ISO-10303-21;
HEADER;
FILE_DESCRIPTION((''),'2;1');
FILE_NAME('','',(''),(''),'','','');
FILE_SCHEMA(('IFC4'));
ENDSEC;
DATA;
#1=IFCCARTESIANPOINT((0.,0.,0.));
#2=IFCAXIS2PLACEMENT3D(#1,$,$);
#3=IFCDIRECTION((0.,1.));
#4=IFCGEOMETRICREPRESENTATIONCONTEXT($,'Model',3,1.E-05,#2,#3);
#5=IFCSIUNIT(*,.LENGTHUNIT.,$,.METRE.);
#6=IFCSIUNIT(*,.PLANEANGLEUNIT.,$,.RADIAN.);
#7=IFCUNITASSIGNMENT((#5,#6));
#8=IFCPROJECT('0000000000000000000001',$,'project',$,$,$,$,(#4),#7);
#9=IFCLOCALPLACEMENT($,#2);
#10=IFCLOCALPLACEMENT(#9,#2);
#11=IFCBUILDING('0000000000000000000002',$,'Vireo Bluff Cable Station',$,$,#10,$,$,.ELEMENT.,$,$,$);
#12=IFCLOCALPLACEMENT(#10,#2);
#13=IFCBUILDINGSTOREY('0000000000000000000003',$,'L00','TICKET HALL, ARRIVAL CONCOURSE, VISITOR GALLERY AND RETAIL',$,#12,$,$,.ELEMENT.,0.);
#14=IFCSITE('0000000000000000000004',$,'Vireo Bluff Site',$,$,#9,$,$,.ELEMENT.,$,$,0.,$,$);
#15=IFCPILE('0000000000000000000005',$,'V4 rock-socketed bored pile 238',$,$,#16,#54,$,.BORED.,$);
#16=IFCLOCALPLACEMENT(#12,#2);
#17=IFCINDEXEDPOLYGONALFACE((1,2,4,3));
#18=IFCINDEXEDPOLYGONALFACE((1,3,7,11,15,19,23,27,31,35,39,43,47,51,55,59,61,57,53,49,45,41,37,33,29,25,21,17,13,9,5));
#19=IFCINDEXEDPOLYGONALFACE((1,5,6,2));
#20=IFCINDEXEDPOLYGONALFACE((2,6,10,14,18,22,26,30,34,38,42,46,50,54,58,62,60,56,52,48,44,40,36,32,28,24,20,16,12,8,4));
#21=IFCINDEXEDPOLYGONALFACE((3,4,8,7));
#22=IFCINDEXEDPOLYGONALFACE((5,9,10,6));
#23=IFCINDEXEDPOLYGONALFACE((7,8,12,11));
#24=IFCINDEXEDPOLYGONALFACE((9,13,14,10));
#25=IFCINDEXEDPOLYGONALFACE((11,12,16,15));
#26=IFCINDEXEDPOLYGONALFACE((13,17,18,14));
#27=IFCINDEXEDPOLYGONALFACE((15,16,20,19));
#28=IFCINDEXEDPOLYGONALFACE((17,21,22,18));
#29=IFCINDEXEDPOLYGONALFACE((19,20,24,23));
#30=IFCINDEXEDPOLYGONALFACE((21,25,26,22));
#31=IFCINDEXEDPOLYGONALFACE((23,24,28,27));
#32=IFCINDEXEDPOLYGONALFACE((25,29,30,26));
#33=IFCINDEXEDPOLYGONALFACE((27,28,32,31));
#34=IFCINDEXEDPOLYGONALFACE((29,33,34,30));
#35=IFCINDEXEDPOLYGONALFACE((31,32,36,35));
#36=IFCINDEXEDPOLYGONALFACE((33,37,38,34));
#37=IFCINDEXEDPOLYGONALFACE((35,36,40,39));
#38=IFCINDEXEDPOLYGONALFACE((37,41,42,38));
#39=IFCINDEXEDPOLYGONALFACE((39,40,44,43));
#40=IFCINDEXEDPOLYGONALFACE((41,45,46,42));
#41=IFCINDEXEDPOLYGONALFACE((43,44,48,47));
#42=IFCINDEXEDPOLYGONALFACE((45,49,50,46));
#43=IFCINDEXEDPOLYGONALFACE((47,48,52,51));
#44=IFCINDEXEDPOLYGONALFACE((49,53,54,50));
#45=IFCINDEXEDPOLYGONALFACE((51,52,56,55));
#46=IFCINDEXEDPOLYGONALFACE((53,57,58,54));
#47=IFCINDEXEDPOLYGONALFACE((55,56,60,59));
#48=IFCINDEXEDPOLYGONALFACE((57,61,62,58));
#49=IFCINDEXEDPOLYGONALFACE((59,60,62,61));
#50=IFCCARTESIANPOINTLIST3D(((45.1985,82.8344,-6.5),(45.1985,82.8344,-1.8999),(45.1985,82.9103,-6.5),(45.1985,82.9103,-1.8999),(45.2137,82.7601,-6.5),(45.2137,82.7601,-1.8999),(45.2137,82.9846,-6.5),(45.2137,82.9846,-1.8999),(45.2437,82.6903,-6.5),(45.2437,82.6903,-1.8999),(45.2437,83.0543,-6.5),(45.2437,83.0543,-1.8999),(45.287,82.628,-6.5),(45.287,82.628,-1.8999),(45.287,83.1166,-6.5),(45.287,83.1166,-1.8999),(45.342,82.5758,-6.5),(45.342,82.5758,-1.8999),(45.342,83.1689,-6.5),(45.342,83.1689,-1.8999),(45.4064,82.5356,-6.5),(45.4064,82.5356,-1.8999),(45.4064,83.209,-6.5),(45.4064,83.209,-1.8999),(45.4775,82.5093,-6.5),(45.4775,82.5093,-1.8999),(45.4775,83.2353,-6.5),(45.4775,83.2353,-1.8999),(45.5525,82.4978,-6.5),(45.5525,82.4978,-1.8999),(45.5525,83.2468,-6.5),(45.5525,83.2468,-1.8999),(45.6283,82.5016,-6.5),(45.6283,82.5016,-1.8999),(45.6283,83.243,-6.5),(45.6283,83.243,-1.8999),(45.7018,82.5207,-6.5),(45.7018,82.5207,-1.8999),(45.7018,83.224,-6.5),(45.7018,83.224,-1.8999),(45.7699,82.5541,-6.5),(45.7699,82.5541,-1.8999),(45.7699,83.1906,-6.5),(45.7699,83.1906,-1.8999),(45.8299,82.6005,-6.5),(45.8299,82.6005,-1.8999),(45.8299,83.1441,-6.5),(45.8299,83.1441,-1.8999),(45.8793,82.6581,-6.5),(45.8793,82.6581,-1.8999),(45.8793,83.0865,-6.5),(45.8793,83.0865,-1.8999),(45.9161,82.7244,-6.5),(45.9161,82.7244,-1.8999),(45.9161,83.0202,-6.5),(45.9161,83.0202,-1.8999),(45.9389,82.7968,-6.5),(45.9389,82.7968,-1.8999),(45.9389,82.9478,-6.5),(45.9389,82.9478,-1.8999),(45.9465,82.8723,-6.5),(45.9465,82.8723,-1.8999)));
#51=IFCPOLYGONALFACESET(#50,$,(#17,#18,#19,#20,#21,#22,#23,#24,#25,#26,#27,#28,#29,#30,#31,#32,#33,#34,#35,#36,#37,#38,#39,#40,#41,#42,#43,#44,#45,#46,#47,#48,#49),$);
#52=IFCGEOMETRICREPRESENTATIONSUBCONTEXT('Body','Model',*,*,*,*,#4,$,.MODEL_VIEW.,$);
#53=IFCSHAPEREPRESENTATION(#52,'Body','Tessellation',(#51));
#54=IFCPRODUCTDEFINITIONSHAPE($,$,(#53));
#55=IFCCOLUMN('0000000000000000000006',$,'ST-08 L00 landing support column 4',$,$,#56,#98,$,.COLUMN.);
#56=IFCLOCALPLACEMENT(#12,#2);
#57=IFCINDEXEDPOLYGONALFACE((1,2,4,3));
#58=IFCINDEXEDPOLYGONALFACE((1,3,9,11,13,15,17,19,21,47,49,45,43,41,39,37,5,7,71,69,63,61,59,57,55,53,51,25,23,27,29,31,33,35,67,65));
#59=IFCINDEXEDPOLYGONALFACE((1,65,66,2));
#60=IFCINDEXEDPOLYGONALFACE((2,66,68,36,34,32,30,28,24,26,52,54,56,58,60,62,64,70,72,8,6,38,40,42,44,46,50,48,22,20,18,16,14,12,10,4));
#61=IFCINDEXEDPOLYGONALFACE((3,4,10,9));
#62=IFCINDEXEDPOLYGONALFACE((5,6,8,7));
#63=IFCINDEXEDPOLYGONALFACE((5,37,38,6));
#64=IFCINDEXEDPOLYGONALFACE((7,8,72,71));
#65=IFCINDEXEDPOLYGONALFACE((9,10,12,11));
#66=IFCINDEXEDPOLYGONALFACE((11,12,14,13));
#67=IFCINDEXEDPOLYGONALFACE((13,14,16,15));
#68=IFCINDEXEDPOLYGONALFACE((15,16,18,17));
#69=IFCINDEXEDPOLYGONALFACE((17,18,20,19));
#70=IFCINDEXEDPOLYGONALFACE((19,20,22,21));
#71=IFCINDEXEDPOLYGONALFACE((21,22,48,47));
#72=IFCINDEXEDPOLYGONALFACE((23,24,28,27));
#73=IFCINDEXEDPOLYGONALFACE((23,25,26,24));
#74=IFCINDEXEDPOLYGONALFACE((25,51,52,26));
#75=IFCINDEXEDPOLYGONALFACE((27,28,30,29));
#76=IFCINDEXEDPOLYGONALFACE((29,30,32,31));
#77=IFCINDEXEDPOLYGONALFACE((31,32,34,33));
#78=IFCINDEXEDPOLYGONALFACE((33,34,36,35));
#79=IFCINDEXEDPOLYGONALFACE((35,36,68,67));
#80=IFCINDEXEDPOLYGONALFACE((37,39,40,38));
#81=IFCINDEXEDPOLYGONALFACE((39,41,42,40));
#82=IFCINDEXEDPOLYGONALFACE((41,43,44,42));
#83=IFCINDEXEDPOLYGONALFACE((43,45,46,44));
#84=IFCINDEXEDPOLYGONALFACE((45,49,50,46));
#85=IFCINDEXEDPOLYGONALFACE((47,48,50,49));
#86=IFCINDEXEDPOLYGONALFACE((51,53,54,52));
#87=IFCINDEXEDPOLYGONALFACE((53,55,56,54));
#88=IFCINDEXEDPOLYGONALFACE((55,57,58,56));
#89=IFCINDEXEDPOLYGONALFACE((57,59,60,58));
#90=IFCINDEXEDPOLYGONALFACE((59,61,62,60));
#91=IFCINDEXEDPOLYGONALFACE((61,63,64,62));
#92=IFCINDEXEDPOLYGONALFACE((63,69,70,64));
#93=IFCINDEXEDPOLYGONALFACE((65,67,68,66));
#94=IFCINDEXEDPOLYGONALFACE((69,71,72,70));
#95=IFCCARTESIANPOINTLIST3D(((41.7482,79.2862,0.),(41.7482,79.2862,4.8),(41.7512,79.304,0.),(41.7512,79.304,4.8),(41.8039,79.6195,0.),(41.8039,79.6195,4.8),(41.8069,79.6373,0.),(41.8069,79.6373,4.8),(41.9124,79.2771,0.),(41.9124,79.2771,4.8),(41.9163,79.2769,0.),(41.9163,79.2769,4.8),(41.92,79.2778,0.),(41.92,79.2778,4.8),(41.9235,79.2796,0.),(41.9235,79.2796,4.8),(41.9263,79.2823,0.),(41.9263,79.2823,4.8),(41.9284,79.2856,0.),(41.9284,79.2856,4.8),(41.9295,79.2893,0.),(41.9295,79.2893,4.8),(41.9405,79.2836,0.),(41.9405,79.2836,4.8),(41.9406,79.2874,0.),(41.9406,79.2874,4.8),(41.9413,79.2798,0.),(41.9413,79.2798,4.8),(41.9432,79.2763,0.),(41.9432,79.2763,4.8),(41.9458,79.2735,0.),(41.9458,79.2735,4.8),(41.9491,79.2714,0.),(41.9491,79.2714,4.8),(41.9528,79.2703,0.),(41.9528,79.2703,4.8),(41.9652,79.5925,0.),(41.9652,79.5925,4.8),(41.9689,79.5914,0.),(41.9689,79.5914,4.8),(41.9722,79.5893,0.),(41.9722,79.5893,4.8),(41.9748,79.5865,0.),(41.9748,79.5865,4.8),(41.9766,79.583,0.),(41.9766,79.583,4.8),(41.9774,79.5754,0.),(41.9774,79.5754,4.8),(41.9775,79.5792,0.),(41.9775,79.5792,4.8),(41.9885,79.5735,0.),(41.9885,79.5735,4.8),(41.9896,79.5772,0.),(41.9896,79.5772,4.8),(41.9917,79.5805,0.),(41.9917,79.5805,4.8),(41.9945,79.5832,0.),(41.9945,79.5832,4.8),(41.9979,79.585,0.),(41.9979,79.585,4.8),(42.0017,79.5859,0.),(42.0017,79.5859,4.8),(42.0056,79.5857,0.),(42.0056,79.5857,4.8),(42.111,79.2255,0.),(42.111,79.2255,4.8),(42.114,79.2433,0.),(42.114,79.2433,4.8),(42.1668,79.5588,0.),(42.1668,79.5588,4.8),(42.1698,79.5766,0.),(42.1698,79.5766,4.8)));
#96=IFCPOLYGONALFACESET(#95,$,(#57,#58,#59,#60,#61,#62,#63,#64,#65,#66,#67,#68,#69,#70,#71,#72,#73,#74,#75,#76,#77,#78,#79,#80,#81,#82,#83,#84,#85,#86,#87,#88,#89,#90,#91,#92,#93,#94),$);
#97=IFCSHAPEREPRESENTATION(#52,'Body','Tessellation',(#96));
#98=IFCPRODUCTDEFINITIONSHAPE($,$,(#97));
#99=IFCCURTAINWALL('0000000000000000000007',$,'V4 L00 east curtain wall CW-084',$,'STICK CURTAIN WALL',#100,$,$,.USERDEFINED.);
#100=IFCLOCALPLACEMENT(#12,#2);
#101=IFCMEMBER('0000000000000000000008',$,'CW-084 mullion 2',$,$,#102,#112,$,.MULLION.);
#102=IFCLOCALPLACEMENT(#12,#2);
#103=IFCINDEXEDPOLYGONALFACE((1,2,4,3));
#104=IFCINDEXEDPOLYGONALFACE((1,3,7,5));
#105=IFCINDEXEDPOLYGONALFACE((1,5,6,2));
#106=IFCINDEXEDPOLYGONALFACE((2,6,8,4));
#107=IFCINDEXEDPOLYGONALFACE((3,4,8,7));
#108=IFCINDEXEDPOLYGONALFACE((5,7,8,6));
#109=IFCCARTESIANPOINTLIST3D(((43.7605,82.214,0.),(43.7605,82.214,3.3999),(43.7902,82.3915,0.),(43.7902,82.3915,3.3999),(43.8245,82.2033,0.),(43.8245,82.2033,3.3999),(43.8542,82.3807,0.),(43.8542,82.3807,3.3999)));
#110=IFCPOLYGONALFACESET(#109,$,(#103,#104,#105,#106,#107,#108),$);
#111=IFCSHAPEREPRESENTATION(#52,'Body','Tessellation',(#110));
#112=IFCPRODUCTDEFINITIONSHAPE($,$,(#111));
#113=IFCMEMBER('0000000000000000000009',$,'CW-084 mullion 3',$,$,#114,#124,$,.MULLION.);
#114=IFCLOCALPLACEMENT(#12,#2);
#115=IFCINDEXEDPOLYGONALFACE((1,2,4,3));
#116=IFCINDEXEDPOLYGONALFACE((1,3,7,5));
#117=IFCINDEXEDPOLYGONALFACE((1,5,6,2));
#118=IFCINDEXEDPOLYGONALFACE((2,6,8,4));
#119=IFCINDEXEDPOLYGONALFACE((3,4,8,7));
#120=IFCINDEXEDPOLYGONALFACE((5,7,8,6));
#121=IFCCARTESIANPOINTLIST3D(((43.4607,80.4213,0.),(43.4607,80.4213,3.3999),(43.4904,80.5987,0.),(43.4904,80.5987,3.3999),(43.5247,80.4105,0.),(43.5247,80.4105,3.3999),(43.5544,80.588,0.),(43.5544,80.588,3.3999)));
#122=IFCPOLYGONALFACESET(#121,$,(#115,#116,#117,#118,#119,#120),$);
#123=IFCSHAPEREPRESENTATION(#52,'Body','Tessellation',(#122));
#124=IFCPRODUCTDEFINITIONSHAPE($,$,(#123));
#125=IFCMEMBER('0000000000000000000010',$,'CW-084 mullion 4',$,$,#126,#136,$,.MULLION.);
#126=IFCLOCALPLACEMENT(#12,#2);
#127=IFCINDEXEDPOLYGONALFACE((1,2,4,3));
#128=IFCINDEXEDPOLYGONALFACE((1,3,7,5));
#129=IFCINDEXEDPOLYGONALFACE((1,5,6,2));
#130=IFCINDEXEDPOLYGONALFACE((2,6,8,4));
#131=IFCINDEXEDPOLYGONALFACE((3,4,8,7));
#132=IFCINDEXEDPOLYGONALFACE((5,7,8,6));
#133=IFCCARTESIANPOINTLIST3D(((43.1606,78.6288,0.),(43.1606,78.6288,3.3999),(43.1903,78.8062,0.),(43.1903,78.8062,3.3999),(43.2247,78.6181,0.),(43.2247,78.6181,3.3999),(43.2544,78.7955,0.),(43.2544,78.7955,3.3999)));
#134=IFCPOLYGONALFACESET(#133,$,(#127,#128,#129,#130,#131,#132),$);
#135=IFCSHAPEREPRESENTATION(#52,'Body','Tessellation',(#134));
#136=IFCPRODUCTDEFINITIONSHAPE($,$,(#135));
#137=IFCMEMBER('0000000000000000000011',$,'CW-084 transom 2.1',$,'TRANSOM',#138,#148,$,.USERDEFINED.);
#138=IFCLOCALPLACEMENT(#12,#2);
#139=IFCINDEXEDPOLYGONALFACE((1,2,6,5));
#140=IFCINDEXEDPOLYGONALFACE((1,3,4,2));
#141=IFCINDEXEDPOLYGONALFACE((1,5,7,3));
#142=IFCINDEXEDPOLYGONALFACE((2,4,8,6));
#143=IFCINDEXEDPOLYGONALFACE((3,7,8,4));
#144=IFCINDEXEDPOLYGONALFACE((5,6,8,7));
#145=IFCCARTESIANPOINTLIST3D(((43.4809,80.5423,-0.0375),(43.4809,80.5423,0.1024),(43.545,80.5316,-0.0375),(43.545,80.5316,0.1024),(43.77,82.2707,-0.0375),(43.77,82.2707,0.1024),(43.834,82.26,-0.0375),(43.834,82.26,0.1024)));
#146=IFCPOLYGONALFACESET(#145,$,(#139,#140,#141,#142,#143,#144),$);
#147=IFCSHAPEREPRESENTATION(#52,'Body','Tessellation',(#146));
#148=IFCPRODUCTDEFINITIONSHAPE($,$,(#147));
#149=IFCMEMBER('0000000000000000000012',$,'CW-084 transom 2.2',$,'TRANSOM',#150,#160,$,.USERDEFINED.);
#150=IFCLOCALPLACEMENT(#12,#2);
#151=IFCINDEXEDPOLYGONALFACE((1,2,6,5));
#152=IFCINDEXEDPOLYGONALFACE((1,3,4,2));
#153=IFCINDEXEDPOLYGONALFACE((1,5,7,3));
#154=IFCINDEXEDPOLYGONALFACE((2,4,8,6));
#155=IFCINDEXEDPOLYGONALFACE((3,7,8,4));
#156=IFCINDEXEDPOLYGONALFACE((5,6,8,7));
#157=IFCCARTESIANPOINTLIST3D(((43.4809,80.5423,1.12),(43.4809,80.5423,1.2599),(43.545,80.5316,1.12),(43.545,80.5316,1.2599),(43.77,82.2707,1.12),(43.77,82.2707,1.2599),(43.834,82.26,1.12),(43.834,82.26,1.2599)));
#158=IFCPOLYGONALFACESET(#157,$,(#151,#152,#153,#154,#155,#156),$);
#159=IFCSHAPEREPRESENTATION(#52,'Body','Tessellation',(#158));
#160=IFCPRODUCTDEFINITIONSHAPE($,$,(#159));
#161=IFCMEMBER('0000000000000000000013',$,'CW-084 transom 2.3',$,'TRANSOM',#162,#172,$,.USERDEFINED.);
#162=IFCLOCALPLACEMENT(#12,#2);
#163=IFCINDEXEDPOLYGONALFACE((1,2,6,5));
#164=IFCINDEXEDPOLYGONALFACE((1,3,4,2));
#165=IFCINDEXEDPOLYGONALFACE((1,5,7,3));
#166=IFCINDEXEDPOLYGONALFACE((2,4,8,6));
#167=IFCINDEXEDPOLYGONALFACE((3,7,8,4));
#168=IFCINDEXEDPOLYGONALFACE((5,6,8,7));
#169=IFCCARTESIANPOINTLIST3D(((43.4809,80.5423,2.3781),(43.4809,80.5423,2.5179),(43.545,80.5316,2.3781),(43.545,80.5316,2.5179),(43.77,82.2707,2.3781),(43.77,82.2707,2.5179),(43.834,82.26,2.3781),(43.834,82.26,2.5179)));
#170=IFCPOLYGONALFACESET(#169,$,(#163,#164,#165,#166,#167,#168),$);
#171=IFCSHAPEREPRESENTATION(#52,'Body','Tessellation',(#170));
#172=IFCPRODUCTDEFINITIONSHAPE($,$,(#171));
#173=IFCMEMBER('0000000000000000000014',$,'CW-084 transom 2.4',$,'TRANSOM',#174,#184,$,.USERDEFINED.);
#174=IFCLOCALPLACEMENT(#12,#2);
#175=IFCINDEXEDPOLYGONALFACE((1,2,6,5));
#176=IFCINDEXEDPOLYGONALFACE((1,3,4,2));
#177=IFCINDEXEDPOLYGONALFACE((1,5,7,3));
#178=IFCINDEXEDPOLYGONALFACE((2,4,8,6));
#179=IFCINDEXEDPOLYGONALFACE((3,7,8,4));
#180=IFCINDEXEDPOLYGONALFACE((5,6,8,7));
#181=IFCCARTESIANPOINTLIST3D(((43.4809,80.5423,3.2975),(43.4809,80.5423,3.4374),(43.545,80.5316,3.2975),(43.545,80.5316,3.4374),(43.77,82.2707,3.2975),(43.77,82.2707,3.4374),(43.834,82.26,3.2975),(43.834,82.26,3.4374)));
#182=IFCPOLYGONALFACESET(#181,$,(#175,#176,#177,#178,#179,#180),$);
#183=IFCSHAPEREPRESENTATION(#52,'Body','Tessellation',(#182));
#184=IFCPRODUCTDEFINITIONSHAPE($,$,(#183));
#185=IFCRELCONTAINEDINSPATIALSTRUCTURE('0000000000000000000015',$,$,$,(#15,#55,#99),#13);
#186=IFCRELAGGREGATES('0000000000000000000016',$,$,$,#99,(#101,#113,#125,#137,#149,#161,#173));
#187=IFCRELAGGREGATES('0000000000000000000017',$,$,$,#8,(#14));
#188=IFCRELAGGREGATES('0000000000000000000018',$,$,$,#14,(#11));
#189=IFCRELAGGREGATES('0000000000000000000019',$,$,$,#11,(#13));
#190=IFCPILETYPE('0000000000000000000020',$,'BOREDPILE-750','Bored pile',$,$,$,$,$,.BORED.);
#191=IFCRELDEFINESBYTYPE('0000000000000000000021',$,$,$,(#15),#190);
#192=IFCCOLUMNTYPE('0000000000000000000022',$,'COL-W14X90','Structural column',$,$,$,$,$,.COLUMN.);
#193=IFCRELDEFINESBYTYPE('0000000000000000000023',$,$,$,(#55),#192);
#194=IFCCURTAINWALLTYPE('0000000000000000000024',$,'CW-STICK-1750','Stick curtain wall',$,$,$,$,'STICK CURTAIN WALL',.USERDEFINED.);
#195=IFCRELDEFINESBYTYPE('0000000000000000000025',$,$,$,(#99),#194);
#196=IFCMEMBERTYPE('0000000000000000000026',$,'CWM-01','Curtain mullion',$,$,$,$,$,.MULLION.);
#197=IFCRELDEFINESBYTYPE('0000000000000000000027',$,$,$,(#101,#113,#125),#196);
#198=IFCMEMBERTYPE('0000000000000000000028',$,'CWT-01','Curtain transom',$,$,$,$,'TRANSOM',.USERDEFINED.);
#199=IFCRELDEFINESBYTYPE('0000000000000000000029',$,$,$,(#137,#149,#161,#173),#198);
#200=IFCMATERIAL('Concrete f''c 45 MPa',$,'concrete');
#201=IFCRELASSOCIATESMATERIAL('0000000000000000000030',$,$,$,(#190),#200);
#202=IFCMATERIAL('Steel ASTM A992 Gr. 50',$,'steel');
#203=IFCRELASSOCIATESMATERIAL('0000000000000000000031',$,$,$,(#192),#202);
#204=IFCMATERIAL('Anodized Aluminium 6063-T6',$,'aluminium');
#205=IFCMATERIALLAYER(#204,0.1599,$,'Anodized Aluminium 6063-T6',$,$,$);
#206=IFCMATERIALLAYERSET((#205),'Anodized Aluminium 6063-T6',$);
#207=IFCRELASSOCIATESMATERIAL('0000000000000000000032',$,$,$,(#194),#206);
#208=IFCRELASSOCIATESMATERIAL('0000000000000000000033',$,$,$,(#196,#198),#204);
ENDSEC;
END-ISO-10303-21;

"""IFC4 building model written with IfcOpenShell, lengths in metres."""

from ifc_helpers import new_model, si_unit, direction, frame, origin, origin_2d, place, context, subcontext, project, spatial, rectangle, circle, i_section, extrude, material, layer, layer_set, material_profile, profile_set, type_object, element, aggregate, save


model = new_model("IFC4")

# Units and contexts
model_context = context("Model", 3, precision=1e-05, world=origin(), true_north=direction((0.0, 1.0)))
body_context = subcontext(model_context, "Body", "Model", "MODEL_VIEW")
ifc_project = project(units=[si_unit("LENGTHUNIT", "METRE"), si_unit("PLANEANGLEUNIT", "RADIAN")], contexts=[model_context])

# Site, building, storey
site_placement = place(None, origin())
site = spatial("IfcSite", under=ifc_project, at=site_placement, Name="Vireo Bluff Site", CompositionType="ELEMENT", RefElevation=0.0)
building_placement = place(site_placement, origin())
building = spatial("IfcBuilding", under=site, at=building_placement, Name="Vireo Bluff Cable Station", CompositionType="ELEMENT")
storey_placement = place(building_placement, origin())
storey = spatial("IfcBuildingStorey", under=building, at=storey_placement, Name="L00", Description="TICKET HALL, ARRIVAL CONCOURSE, VISITOR GALLERY AND RETAIL", CompositionType="ELEMENT", Elevation=0.0)

# Pile
ifc_material_1 = material(Name="Concrete f'c 45 MPa", Category="concrete")
ifc_material_profile_1 = material_profile(ifc_material_1, circle(Radius=0.375, at=origin_2d()), Name="BOREDPILE-750")
ifc_profile_set_1 = profile_set([ifc_material_profile_1], Name="Concrete f'c 45 MPa")
pile_type = type_object("IfcPileType", Name="BOREDPILE-750", Description="Bored pile", PredefinedType="BORED", material=ifc_profile_set_1)
pile_placement = place(storey_placement, frame((45.5715, 82.8723, -1.8999), z_axis=(0.0, 0.0, -1.0), x_axis=(1.0, 0.0, 0.0)))
element("IfcPile", 1, at=pile_placement, inside=storey, type_object=pile_type, Name="V4 rock-socketed bored pile 238", PredefinedType="BORED", context=body_context, shape_type="SweptSolid", body=[
    extrude(circle(Radius=0.375, at=origin_2d()), origin(), (0.0, 0.0, 1.0), 4.6001),
])

# Column
ifc_material_2 = material(Name="Steel ASTM A992 Gr. 50", Category="steel")
ifc_material_profile_2 = material_profile(ifc_material_2, i_section(OverallWidth=0.3679, OverallDepth=0.356, WebThickness=0.0112, FlangeThickness=0.0181, FilletRadius=0.0149, at=origin_2d()), Name="W14X90")
ifc_profile_set_2 = profile_set([ifc_material_profile_2], Name="Steel ASTM A992 Gr. 50")
column_type = type_object("IfcColumnType", Name="COL-W14X90", Description="Structural column", PredefinedType="COLUMN", material=ifc_profile_set_2)
column_placement = place(storey_placement, frame((41.959, 79.4314, 0.0), z_axis=(0.0, 0.0, 1.0), x_axis=(0.986286, -0.165048, 0.0)))
element("IfcColumn", 2, at=column_placement, inside=storey, type_object=column_type, Name="ST-08 L00 landing support column 4", PredefinedType="COLUMN", context=body_context, shape_type="SweptSolid", body=[
    extrude(i_section(OverallWidth=0.3679, OverallDepth=0.356, WebThickness=0.0112, FlangeThickness=0.0181, FilletRadius=0.0149, at=origin_2d()), origin(), (0.0, 0.0, 1.0), 4.8),
])

# Curtain wall, members
ifc_material_3 = material(Name="Anodized Aluminium 6063-T6", Category="aluminium")
ifc_layer_1 = layer(ifc_material_3, 0.1599, Name="Anodized Aluminium 6063-T6")
ifc_layer_set_1 = layer_set([ifc_layer_1], Name="Anodized Aluminium 6063-T6")
curtain_wall_type = type_object("IfcCurtainWallType", Name="CW-STICK-1750", Description="Stick curtain wall", ElementType="STICK CURTAIN WALL", PredefinedType="USERDEFINED", material=ifc_layer_set_1)
curtain_wall_placement = place(storey_placement, origin())
curtain_wall = element("IfcCurtainWall", 3, at=curtain_wall_placement, inside=storey, type_object=curtain_wall_type, Name="V4 L00 east curtain wall CW-084", ObjectType="STICK CURTAIN WALL", PredefinedType="USERDEFINED")
ifc_material_profile_3 = material_profile(ifc_material_3, rectangle(XDim=0.0649, YDim=0.1799, at=origin_2d()), Name="ALU-M-65X180")
ifc_profile_set_3 = profile_set([ifc_material_profile_3], Name="Anodized Aluminium 6063-T6")
member_type_1 = type_object("IfcMemberType", Name="CWM-01", Description="Curtain mullion", PredefinedType="MULLION", material=ifc_profile_set_3)
member_1_placement = place(storey_placement, frame((43.8074, 82.2974, 0.0), z_axis=(0.0, 0.0, 1.0), x_axis=(0.986286, -0.165048, 0.0)))
member_1 = element("IfcMember", 4, at=member_1_placement, type_object=member_type_1, Name="CW-084 mullion 2", PredefinedType="MULLION", context=body_context, shape_type="SweptSolid", body=[
    extrude(rectangle(XDim=0.0649, YDim=0.1799, at=origin_2d()), origin(), (0.0, 0.0, 1.0), 3.3999),
])
member_2_placement = place(storey_placement, frame((43.5076, 80.5046, 0.0), z_axis=(0.0, 0.0, 1.0), x_axis=(0.986286, -0.165048, 0.0)))
member_2 = element("IfcMember", 5, at=member_2_placement, type_object=member_type_1, Name="CW-084 mullion 3", PredefinedType="MULLION", context=body_context, shape_type="SweptSolid", body=[
    extrude(rectangle(XDim=0.0649, YDim=0.1799, at=origin_2d()), origin(), (0.0, 0.0, 1.0), 3.3999),
])
member_3_placement = place(storey_placement, frame((43.2075, 78.7122, 0.0), z_axis=(0.0, 0.0, 1.0), x_axis=(0.986286, -0.165048, 0.0)))
member_3 = element("IfcMember", 6, at=member_3_placement, type_object=member_type_1, Name="CW-084 mullion 4", PredefinedType="MULLION", context=body_context, shape_type="SweptSolid", body=[
    extrude(rectangle(XDim=0.0649, YDim=0.1799, at=origin_2d()), origin(), (0.0, 0.0, 1.0), 3.3999),
])
ifc_material_profile_4 = material_profile(ifc_material_3, rectangle(XDim=0.0649, YDim=0.1399, at=origin_2d()), Name="ALU-T-65X140")
ifc_profile_set_4 = profile_set([ifc_material_profile_4], Name="Anodized Aluminium 6063-T6")
member_type_2 = type_object("IfcMemberType", Name="CWT-01", Description="Curtain transom", ElementType="TRANSOM", PredefinedType="USERDEFINED", material=ifc_profile_set_4)
member_4_placement = place(storey_placement, frame((43.802, 82.2654, 0.0325), z_axis=(-0.164941, -0.986303, 0.0), x_axis=(0.986303, -0.164941, 0.0)))
member_4 = element("IfcMember", 7, at=member_4_placement, type_object=member_type_2, Name="CW-084 transom 2.1", ObjectType="TRANSOM", PredefinedType="USERDEFINED", context=body_context, shape_type="SweptSolid", body=[
    extrude(rectangle(XDim=0.0649, YDim=0.1399, at=origin_2d()), origin(), (0.0, 0.0, 1.0), 1.7524),
])
member_5_placement = place(storey_placement, frame((43.802, 82.2654, 1.1899), z_axis=(-0.164941, -0.986303, 0.0), x_axis=(0.986303, -0.164941, 0.0)))
member_5 = element("IfcMember", 8, at=member_5_placement, type_object=member_type_2, Name="CW-084 transom 2.2", ObjectType="TRANSOM", PredefinedType="USERDEFINED", context=body_context, shape_type="SweptSolid", body=[
    extrude(rectangle(XDim=0.0649, YDim=0.1399, at=origin_2d()), origin(), (0.0, 0.0, 1.0), 1.7524),
])
member_6_placement = place(storey_placement, frame((43.802, 82.2654, 2.448), z_axis=(-0.164941, -0.986303, 0.0), x_axis=(0.986303, -0.164941, 0.0)))
member_6 = element("IfcMember", 9, at=member_6_placement, type_object=member_type_2, Name="CW-084 transom 2.3", ObjectType="TRANSOM", PredefinedType="USERDEFINED", context=body_context, shape_type="SweptSolid", body=[
    extrude(rectangle(XDim=0.0649, YDim=0.1399, at=origin_2d()), origin(), (0.0, 0.0, 1.0), 1.7524),
])
member_7_placement = place(storey_placement, frame((43.802, 82.2654, 3.3674), z_axis=(-0.164941, -0.986303, 0.0), x_axis=(0.986303, -0.164941, 0.0)))
member_7 = element("IfcMember", 10, at=member_7_placement, type_object=member_type_2, Name="CW-084 transom 2.4", ObjectType="TRANSOM", PredefinedType="USERDEFINED", context=body_context, shape_type="SweptSolid", body=[
    extrude(rectangle(XDim=0.0649, YDim=0.1399, at=origin_2d()), origin(), (0.0, 0.0, 1.0), 1.7524),
])

aggregate(curtain_wall, [member_1, member_2, member_3, member_4, member_5, member_6, member_7])

save(model, "model.ifc")
